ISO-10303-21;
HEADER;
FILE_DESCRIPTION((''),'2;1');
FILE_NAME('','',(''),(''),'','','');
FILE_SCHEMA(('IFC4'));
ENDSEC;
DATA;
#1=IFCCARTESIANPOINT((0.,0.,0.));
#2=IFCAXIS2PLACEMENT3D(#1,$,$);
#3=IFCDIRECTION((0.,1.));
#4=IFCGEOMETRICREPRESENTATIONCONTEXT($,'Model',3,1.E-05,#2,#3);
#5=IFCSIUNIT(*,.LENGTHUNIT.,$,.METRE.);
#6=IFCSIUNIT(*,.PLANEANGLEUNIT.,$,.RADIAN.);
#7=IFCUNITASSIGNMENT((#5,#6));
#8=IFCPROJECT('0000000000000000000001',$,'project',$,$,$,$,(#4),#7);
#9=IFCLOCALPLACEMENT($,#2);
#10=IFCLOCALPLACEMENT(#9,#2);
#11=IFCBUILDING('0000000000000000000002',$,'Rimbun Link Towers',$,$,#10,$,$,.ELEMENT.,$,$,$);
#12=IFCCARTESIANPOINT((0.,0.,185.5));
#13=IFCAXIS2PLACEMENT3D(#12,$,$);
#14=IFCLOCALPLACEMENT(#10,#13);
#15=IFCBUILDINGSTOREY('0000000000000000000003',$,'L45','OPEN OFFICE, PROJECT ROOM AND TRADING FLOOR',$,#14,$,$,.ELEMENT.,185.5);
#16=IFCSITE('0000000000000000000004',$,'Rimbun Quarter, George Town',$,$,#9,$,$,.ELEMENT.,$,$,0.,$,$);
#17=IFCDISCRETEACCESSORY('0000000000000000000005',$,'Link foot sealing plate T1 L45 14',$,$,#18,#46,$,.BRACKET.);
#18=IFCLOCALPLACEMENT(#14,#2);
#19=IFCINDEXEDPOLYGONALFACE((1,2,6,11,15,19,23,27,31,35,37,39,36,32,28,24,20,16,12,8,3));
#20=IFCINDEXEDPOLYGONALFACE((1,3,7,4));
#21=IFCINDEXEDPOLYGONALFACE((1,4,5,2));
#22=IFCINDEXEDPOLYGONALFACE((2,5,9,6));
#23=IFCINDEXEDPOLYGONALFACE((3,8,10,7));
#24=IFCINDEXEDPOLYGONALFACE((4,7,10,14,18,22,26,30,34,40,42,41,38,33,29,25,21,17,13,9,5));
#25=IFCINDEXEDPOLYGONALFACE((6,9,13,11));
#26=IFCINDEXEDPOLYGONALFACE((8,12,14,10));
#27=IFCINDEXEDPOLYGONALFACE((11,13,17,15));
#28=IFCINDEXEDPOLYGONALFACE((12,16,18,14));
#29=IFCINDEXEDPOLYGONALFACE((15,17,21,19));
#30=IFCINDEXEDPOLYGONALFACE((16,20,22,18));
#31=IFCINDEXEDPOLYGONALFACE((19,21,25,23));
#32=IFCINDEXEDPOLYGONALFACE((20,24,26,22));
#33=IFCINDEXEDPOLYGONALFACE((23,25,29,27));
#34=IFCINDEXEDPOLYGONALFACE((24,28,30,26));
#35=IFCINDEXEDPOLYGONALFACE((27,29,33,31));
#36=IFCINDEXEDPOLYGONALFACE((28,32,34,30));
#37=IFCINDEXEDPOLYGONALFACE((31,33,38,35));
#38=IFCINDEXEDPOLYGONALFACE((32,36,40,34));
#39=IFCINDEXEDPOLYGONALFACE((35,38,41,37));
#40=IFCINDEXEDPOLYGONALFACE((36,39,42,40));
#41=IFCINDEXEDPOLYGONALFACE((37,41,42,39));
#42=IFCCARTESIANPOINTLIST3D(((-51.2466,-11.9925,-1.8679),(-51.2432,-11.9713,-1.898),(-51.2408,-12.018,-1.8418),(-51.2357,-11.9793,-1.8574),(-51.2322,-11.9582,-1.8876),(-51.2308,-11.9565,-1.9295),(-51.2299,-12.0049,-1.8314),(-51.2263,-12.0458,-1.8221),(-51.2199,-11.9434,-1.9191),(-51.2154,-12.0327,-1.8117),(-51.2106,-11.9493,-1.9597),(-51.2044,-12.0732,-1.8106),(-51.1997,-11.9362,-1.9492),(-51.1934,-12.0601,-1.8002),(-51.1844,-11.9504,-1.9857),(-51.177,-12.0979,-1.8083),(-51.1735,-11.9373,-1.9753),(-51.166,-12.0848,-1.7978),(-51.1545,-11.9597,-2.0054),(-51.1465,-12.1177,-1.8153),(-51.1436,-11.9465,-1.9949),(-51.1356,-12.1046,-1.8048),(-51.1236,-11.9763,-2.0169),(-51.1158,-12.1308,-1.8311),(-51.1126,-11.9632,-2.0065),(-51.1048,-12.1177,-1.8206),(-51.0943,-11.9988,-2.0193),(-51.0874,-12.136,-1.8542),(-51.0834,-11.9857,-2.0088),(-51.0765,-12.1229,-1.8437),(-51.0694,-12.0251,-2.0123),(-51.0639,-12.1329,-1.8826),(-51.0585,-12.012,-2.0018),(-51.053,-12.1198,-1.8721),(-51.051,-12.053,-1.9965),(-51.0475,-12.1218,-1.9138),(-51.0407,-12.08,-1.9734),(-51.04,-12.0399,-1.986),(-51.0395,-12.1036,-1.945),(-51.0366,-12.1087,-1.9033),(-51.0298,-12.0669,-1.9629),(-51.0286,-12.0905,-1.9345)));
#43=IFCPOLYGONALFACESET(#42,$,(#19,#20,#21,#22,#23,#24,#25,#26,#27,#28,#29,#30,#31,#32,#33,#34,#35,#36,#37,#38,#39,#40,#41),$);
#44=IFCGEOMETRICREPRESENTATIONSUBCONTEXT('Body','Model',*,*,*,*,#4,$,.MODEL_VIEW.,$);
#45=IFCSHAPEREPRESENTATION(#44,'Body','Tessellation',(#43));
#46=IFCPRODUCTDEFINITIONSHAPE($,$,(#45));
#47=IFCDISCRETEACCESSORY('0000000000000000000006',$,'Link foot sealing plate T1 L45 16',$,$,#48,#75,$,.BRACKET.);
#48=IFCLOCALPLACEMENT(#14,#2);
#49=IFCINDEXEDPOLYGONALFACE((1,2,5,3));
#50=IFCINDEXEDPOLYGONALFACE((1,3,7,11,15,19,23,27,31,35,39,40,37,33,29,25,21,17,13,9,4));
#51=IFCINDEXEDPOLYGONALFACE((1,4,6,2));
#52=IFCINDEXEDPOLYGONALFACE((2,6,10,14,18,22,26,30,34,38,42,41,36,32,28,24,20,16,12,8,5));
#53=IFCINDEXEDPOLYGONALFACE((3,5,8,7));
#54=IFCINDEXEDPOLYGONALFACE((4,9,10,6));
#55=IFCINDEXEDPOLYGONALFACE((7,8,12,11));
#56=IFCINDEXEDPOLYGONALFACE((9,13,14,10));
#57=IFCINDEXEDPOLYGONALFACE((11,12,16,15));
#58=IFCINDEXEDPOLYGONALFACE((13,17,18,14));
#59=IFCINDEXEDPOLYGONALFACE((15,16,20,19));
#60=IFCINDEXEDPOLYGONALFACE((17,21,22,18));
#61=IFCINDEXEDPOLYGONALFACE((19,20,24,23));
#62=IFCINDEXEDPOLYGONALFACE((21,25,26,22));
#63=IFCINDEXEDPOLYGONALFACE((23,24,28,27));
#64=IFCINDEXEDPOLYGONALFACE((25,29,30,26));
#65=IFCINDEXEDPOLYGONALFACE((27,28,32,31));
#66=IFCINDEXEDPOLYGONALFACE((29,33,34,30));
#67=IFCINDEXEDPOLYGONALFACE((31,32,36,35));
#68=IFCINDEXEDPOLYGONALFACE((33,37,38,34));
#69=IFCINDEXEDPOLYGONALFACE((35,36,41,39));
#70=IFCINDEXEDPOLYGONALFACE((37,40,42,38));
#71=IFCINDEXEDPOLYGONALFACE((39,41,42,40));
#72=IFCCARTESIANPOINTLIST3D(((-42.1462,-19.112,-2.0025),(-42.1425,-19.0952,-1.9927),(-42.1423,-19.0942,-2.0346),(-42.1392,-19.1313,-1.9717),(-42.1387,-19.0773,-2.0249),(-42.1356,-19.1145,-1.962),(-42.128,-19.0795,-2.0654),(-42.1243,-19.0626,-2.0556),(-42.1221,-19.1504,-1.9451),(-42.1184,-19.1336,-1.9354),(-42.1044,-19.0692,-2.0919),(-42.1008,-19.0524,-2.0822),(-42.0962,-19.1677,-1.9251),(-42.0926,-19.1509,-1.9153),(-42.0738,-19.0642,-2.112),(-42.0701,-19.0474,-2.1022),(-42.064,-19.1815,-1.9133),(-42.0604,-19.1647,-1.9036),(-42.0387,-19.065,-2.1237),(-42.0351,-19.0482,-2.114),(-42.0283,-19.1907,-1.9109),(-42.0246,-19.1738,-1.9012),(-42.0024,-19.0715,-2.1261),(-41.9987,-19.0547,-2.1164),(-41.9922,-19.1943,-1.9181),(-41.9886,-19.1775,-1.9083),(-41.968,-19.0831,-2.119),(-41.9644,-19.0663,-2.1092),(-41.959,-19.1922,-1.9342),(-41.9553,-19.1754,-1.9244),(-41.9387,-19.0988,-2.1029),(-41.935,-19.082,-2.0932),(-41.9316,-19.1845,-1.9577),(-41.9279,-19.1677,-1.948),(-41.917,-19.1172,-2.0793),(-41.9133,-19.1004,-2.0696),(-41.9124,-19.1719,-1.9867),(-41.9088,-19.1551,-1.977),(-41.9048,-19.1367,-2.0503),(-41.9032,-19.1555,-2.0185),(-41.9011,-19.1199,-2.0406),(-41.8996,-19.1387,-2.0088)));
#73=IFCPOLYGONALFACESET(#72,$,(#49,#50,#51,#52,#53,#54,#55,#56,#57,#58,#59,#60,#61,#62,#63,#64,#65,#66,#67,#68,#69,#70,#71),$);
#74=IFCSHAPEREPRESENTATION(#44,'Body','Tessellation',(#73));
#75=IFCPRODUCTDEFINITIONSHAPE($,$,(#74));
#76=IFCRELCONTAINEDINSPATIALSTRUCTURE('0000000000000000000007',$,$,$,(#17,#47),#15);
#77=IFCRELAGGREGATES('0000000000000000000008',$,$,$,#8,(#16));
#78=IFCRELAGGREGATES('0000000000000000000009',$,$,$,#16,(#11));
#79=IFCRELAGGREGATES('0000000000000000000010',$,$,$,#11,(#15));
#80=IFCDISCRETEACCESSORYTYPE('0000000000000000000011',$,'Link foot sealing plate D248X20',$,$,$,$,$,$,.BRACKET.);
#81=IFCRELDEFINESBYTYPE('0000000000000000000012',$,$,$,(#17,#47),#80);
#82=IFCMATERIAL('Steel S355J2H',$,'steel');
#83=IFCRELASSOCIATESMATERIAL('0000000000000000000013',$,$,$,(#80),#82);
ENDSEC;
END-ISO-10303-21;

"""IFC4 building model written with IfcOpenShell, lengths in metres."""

from ifc_helpers import new_model, si_unit, direction, frame, origin, origin_2d, place, context, subcontext, project, spatial, circle, extrude, material, material_profile, profile_set, type_object, element, save


model = new_model("IFC4")

# Units and contexts
model_context = context("Model", 3, precision=1e-05, world=origin(), true_north=direction((0.0, 1.0)))
body_context = subcontext(model_context, "Body", "Model", "MODEL_VIEW")
ifc_project = project(units=[si_unit("LENGTHUNIT", "METRE"), si_unit("PLANEANGLEUNIT", "RADIAN")], contexts=[model_context])

# Site, building, storey
site_placement = place(None, origin())
site = spatial("IfcSite", under=ifc_project, at=site_placement, Name="Rimbun Quarter, George Town", CompositionType="ELEMENT", RefElevation=0.0)
building_placement = place(site_placement, origin())
building = spatial("IfcBuilding", under=site, at=building_placement, Name="Rimbun Link Towers", CompositionType="ELEMENT")
storey_placement = place(building_placement, frame((0.0, 0.0, 185.5)))
storey = spatial("IfcBuildingStorey", under=building, at=storey_placement, Name="L45", Description="OPEN OFFICE, PROJECT ROOM AND TRADING FLOOR", CompositionType="ELEMENT", Elevation=185.5)

# Discrete accessories
ifc_material_1 = material(Name="Steel S355J2H", Category="steel")
ifc_material_profile_1 = material_profile(ifc_material_1, circle(Radius=0.124, at=origin_2d()), Name="PL D248")
ifc_profile_set_1 = profile_set([ifc_material_profile_1], Name="Steel S355J2H")
discrete_accessory_type = type_object("IfcDiscreteAccessoryType", Name="Link foot sealing plate D248X20", PredefinedType="BRACKET", material=ifc_profile_set_1)
discrete_accessory_1_placement = place(storey_placement, frame((-51.1318, -12.0293, -1.9033), z_axis=(-0.546107, -0.655328, -0.521835), x_axis=(0.768221, -0.640184, 0.0)))
element("IfcDiscreteAccessory", 1, at=discrete_accessory_1_placement, inside=storey, type_object=discrete_accessory_type, Name="Link foot sealing plate T1 L45 14", PredefinedType="BRACKET", context=body_context, shape_type="SweptSolid", body=[
    extrude(circle(Radius=0.124, at=origin_2d()), origin(), (0.0, 0.0, 1.0), 0.02),
])
discrete_accessory_2_placement = place(storey_placement, frame((-42.0208, -19.1123, -2.0088), z_axis=(-0.184833, -0.850234, -0.492889), x_axis=(0.977176, -0.21243, 0.0)))
element("IfcDiscreteAccessory", 2, at=discrete_accessory_2_placement, inside=storey, type_object=discrete_accessory_type, Name="Link foot sealing plate T1 L45 16", PredefinedType="BRACKET", context=body_context, shape_type="SweptSolid", body=[
    extrude(circle(Radius=0.124, at=origin_2d()), origin(), (0.0, 0.0, 1.0), 0.0198),
])

save(model, "model.ifc")
